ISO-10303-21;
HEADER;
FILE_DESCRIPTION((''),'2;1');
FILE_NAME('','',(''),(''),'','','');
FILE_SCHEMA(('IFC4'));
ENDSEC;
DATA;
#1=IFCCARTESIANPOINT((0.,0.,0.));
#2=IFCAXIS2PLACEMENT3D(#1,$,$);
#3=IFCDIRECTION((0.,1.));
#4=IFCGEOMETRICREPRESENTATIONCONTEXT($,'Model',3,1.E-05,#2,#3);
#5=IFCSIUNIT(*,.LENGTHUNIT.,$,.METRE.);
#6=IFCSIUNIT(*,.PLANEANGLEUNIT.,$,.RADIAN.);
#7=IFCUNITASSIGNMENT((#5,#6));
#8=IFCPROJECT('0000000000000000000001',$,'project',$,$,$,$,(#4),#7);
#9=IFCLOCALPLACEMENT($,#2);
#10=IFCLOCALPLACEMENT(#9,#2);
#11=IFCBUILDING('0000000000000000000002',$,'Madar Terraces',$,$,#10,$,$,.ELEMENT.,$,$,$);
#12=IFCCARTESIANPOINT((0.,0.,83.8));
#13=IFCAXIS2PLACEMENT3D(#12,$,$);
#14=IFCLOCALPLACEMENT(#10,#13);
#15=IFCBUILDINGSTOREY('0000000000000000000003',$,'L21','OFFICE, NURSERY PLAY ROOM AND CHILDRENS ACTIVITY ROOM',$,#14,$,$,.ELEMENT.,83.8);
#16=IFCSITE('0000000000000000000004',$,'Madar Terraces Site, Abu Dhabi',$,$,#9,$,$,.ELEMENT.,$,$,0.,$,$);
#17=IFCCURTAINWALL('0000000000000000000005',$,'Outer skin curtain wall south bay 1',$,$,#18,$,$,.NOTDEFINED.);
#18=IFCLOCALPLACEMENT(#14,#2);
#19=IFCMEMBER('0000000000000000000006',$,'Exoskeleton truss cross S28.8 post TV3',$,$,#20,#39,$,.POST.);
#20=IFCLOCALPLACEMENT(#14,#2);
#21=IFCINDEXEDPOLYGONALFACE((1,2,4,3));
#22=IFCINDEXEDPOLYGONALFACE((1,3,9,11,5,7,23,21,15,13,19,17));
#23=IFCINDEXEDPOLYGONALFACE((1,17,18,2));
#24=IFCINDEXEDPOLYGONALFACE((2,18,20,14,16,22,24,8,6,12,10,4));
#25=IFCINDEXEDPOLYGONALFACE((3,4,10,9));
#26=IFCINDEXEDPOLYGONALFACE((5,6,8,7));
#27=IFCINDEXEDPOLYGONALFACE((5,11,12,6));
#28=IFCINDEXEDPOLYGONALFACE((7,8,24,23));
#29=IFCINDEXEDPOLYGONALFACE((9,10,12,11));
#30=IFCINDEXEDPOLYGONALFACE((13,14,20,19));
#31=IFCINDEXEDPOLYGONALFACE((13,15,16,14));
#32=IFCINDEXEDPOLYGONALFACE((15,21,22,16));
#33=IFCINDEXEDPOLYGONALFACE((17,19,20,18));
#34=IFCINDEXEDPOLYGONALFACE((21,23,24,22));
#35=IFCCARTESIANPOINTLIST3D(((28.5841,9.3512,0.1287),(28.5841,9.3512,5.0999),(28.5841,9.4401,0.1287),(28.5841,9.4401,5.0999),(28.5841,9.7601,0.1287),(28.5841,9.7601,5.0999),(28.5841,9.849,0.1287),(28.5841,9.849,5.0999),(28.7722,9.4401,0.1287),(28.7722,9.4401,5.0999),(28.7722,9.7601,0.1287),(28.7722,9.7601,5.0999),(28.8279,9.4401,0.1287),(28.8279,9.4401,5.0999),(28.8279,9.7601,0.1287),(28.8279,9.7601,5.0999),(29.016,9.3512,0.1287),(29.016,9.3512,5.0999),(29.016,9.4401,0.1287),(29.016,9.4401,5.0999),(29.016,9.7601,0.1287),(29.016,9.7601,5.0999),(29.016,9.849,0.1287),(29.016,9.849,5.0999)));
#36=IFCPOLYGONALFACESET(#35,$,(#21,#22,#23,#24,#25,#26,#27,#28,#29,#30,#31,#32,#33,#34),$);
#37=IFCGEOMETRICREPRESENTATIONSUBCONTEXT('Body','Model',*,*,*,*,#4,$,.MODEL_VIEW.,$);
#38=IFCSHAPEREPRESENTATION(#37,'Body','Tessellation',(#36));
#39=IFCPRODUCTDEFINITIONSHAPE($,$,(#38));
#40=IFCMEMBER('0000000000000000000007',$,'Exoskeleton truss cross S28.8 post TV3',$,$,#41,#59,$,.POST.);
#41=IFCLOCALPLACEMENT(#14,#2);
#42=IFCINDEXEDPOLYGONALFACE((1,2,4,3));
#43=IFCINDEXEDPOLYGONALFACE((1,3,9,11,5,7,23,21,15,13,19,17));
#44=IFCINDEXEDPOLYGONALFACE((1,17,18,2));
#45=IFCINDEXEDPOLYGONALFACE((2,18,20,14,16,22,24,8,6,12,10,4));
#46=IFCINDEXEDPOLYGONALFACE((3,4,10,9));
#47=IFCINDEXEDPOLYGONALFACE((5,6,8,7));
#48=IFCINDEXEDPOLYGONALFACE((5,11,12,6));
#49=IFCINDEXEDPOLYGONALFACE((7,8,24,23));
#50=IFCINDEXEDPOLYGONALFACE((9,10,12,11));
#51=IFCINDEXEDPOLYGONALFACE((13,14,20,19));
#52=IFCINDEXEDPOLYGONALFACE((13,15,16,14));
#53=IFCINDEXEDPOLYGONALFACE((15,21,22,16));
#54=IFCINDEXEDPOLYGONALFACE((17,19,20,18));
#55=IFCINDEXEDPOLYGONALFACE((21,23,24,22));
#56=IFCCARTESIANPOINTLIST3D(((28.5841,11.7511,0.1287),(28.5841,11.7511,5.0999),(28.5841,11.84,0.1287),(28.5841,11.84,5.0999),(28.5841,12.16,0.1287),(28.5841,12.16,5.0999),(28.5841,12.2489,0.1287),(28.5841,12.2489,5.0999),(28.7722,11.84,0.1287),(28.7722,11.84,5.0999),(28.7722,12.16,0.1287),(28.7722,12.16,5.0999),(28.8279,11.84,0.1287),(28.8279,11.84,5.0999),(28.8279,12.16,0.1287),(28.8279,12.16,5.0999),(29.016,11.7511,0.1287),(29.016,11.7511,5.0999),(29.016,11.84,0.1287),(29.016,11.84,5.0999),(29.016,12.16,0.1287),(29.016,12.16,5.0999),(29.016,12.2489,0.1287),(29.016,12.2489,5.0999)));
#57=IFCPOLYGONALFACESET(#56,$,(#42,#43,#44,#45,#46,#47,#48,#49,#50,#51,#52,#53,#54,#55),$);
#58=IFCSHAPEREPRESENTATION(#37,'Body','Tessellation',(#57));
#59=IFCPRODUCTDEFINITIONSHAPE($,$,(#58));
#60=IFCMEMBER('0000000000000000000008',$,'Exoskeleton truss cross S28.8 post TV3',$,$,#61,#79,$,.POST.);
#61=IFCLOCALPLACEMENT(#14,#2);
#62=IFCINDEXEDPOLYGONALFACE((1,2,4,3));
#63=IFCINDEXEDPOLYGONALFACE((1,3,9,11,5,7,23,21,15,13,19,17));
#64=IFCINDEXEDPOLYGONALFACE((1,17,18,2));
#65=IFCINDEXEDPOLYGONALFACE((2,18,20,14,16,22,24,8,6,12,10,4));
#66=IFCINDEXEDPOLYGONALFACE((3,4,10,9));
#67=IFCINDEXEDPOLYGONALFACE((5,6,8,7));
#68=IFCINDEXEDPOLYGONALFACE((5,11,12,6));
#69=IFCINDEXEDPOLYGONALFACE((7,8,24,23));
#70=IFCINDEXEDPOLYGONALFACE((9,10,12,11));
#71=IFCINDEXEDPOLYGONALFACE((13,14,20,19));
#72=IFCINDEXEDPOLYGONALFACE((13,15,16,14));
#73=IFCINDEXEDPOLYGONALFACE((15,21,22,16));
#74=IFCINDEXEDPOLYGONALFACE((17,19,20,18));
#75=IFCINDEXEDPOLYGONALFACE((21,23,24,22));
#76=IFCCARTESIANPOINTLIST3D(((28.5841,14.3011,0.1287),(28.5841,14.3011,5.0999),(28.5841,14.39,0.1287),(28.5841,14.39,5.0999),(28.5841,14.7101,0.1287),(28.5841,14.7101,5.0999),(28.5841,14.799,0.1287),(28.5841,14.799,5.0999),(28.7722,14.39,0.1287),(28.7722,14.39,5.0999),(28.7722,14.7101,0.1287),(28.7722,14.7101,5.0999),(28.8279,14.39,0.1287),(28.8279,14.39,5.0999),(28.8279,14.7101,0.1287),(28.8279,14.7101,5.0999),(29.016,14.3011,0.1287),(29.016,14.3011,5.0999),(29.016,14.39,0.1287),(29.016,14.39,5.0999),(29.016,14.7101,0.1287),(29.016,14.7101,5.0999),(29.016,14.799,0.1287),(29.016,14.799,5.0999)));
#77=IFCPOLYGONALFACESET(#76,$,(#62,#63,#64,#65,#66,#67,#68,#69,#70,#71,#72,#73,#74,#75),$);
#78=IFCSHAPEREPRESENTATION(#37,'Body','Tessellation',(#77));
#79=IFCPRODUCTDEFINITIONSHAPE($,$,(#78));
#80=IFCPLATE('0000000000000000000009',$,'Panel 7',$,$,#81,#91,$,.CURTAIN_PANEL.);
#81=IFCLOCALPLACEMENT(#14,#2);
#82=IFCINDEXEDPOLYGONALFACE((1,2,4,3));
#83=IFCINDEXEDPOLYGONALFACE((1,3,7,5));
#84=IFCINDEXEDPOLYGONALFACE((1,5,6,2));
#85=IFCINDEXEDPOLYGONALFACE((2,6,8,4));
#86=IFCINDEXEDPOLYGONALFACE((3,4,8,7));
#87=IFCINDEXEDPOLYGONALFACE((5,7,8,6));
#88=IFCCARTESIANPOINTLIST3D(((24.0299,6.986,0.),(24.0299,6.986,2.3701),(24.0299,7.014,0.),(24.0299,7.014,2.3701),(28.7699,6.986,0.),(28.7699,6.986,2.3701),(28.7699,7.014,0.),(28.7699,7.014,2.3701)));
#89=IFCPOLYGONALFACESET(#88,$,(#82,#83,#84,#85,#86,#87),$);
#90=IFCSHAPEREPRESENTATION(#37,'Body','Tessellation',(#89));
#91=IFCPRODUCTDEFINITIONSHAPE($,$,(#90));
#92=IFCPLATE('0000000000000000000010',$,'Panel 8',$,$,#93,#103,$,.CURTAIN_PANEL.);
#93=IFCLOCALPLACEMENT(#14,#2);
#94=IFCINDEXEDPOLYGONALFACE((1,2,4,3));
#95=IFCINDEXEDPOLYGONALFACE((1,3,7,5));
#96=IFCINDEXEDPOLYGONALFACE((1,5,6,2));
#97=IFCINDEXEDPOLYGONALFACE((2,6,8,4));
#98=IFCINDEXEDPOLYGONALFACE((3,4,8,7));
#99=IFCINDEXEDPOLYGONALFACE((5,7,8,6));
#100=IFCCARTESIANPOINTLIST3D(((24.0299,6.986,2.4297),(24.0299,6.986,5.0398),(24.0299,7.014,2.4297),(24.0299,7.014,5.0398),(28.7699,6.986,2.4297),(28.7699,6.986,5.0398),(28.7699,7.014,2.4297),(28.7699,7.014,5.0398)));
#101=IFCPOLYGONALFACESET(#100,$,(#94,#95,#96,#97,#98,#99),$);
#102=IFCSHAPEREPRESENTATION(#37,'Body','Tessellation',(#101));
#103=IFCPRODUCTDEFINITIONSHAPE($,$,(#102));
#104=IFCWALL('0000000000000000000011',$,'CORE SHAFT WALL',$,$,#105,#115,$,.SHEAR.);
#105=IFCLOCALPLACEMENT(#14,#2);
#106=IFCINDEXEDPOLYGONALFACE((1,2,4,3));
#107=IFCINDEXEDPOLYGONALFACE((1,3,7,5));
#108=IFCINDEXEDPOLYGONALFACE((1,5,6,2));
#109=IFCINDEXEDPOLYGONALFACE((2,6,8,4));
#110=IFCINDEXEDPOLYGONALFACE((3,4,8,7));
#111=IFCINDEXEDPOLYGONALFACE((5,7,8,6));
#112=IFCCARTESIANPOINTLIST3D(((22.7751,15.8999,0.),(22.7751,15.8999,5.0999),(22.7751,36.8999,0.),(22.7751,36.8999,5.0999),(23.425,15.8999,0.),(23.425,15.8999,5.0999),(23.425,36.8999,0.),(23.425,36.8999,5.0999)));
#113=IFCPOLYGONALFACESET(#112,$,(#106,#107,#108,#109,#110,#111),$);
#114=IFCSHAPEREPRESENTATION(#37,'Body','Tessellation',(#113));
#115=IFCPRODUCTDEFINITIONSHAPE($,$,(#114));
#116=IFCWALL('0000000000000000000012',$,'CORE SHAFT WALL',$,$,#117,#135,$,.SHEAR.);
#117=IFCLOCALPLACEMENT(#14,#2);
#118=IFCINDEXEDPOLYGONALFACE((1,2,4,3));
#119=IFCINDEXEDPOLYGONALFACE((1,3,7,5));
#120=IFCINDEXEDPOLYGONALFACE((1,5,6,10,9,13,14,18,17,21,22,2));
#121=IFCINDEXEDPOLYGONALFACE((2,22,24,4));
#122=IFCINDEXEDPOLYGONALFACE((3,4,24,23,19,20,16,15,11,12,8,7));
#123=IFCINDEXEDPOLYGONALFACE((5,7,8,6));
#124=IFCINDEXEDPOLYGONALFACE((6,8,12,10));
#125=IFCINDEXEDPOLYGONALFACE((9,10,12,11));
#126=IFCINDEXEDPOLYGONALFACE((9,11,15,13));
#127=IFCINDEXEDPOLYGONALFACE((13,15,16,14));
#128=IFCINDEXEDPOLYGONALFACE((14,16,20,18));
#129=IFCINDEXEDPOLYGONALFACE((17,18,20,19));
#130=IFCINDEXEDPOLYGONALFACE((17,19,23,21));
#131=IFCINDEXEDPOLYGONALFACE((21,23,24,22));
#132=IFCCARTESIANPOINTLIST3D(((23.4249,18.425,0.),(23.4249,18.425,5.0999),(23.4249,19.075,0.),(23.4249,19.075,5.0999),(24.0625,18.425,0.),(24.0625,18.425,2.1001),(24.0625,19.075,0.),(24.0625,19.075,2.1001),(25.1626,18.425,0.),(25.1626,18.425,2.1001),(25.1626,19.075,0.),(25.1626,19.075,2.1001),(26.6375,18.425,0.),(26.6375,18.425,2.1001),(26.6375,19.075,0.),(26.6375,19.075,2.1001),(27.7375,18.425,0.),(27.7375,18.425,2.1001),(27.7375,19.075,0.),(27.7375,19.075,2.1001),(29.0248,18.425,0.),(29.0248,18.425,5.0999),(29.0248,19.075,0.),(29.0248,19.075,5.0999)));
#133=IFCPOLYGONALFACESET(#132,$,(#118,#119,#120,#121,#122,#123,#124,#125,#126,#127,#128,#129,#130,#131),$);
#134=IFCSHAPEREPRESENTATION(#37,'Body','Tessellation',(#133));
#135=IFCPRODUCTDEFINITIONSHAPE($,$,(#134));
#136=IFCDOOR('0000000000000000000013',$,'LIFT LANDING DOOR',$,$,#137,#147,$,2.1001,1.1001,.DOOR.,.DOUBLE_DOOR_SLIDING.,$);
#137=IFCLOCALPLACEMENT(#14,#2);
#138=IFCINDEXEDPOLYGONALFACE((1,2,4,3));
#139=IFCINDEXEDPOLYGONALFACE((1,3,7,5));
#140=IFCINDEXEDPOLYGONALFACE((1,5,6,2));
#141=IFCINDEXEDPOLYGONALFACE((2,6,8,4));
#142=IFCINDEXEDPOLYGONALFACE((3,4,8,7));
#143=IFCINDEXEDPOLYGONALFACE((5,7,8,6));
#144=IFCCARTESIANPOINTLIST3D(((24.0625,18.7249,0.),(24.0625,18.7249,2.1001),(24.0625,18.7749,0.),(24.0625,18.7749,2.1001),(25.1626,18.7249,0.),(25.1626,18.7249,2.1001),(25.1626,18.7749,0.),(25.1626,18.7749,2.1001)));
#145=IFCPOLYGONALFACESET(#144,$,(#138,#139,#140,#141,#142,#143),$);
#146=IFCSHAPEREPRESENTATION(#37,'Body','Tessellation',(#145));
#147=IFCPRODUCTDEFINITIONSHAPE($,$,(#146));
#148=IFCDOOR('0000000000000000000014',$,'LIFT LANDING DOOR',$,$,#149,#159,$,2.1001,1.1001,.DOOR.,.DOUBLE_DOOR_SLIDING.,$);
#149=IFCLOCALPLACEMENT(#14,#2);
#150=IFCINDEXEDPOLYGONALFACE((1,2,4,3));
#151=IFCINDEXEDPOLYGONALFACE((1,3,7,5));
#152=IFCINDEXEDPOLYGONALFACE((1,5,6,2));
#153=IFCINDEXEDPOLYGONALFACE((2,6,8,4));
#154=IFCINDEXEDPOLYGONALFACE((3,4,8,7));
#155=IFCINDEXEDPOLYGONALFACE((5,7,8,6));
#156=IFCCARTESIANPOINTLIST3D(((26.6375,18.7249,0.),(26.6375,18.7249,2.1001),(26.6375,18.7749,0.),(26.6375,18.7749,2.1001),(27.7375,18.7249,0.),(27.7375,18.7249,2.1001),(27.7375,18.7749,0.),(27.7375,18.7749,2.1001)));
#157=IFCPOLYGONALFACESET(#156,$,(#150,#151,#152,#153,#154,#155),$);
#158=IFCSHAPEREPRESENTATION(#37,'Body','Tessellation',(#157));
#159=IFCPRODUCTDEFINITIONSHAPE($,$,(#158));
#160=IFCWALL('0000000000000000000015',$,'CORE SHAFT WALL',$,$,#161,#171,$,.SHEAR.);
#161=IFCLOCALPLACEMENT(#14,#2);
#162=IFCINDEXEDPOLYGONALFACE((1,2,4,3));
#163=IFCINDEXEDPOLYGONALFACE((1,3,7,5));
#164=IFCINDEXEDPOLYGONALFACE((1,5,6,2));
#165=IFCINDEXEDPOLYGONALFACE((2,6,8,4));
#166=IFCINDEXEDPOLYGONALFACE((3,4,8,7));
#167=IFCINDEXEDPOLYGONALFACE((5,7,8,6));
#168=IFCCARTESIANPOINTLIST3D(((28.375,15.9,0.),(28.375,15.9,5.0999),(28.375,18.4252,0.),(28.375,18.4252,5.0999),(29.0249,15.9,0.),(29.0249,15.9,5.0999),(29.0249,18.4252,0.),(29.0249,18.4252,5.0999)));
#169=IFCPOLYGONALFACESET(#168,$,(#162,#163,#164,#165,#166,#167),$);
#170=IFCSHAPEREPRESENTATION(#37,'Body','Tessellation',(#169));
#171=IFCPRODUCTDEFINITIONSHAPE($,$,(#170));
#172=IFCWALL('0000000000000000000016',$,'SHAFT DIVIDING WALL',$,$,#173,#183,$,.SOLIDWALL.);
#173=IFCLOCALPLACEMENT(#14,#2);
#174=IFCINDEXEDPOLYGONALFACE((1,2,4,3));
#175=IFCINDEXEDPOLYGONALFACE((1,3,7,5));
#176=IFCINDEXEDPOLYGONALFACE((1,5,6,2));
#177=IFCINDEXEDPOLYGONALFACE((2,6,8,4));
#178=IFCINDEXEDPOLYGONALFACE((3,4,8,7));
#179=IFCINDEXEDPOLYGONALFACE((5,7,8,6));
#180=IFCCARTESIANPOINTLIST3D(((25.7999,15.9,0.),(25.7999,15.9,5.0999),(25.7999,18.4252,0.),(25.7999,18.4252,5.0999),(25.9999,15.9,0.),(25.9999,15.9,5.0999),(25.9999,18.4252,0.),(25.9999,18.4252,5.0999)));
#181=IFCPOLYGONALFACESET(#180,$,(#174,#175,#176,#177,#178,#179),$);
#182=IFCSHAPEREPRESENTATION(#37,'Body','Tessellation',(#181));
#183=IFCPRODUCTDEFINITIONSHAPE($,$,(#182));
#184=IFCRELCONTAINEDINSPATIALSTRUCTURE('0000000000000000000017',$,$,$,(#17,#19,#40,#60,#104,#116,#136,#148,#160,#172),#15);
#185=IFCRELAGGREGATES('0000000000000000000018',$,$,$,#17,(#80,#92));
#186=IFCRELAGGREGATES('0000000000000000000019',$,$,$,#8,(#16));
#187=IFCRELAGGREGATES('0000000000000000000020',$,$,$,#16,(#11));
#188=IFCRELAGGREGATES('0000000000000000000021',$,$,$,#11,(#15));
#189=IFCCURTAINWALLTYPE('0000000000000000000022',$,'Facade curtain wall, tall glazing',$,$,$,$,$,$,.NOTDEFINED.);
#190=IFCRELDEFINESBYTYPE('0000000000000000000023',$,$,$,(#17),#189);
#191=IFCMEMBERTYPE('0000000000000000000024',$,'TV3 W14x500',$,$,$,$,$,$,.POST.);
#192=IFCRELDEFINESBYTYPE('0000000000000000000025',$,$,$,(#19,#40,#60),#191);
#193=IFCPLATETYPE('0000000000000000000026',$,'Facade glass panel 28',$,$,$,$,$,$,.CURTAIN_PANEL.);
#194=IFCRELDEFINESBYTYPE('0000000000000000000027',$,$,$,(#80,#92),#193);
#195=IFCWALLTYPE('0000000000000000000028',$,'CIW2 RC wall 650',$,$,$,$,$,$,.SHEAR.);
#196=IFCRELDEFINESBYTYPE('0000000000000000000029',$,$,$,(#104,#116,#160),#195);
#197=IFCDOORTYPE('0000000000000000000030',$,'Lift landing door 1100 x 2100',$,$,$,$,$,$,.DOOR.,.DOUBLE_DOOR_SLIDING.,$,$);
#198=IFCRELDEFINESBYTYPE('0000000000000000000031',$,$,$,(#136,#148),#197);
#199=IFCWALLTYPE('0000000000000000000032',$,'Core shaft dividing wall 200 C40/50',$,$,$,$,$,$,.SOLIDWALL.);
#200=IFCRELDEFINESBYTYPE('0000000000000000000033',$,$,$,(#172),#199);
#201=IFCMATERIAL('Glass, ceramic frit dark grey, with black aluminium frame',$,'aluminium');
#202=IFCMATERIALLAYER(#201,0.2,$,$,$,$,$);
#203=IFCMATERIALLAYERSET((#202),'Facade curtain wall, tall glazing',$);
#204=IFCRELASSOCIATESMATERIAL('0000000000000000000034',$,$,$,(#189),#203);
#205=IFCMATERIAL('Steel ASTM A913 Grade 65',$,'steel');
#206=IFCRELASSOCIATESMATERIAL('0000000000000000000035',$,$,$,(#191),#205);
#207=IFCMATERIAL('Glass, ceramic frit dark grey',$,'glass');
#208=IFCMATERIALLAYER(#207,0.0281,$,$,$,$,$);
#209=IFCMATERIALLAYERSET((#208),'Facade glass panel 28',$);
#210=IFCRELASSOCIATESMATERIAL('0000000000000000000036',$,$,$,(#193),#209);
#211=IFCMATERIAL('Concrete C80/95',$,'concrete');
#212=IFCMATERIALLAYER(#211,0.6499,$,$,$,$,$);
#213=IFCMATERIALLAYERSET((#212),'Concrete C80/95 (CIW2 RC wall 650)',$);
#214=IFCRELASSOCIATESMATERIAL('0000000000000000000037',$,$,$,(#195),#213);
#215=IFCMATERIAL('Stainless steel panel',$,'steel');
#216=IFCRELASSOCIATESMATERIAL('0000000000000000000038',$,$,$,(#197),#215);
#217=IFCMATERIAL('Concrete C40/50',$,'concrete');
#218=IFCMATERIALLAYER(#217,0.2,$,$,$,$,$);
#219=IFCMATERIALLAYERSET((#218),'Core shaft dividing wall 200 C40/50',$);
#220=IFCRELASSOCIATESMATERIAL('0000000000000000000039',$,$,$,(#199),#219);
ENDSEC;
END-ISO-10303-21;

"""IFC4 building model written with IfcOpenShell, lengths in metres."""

from ifc_helpers import new_model, si_unit, direction, frame, frame_2d, origin, origin_2d, place, context, subcontext, project, spatial, rectangle, i_section, extrude, material, layer, layer_set, material_profile, profile_set, type_object, element, fill, aggregate, save


model = new_model("IFC4")

# Units and contexts
model_context = context("Model", 3, precision=1e-05, world=origin(), true_north=direction((0.0, 1.0)))
body_context = subcontext(model_context, "Body", "Model", "MODEL_VIEW")
ifc_project = project(units=[si_unit("LENGTHUNIT", "METRE"), si_unit("PLANEANGLEUNIT", "RADIAN")], contexts=[model_context])

# Site, building, storey
site_placement = place(None, origin())
site = spatial("IfcSite", under=ifc_project, at=site_placement, Name="Madar Terraces Site, Abu Dhabi", CompositionType="ELEMENT", RefElevation=0.0)
building_placement = place(site_placement, origin())
building = spatial("IfcBuilding", under=site, at=building_placement, Name="Madar Terraces", CompositionType="ELEMENT")
storey_placement = place(building_placement, frame((0.0, 0.0, 83.8)))
storey = spatial("IfcBuildingStorey", under=building, at=storey_placement, Name="L21", Description="OFFICE, NURSERY PLAY ROOM AND CHILDRENS ACTIVITY ROOM", CompositionType="ELEMENT", Elevation=83.8)

# Curtain wall
ifc_material_1 = material(Name="Glass, ceramic frit dark grey, with black aluminium frame", Category="aluminium")
ifc_layer_1 = layer(ifc_material_1, 0.2)
ifc_layer_set_1 = layer_set([ifc_layer_1], Name="Facade curtain wall, tall glazing")
curtain_wall_type = type_object("IfcCurtainWallType", Name="Facade curtain wall, tall glazing", PredefinedType="NOTDEFINED", material=ifc_layer_set_1)
curtain_wall_placement = place(storey_placement, origin())
curtain_wall = element("IfcCurtainWall", 1, at=curtain_wall_placement, inside=storey, type_object=curtain_wall_type, Name="Outer skin curtain wall south bay 1", PredefinedType="NOTDEFINED")

# Members
ifc_material_2 = material(Name="Steel ASTM A913 Grade 65", Category="steel")
ifc_material_profile_1 = material_profile(ifc_material_2, i_section(OverallWidth=0.4319, OverallDepth=0.4978, WebThickness=0.0557, FlangeThickness=0.0889, at=origin_2d()), Name="W14x500")
ifc_profile_set_1 = profile_set([ifc_material_profile_1], Name="Steel ASTM A913 Grade 65")
member_type_1 = type_object("IfcMemberType", Name="TV3 W14x500", PredefinedType="POST", material=ifc_profile_set_1)
for number, where, z_axis, x_axis, name in (
    (2, (28.8, 9.6001, 0.1287), (0.0, 0.0, 1.0), (-1.0, 0.0, 0.0), "Exoskeleton truss cross S28.8 post TV3"),
    (3, (28.8, 12.0, 0.1287), (0.0, 0.0, 1.0), (-1.0, 0.0, 0.0), "Exoskeleton truss cross S28.8 post TV3"),
    (4, (28.8, 14.55, 0.1287), (0.0, 0.0, 1.0), (-1.0, 0.0, 0.0), "Exoskeleton truss cross S28.8 post TV3"),
):
    element("IfcMember", number, at=place(storey_placement, frame(where, z_axis=z_axis, x_axis=x_axis)), inside=storey, type_object=member_type_1, Name=name, PredefinedType="POST", context=body_context, shape_type="SweptSolid", body=[
        extrude(i_section(OverallWidth=0.4319, OverallDepth=0.4978, WebThickness=0.0557, FlangeThickness=0.0889, at=origin_2d()), origin(), (0.0, 0.0, 1.0), 4.9712),
    ])

# Plates
ifc_material_3 = material(Name="Glass, ceramic frit dark grey", Category="glass")
ifc_layer_2 = layer(ifc_material_3, 0.0281)
ifc_layer_set_2 = layer_set([ifc_layer_2], Name="Facade glass panel 28")
plate_type = type_object("IfcPlateType", Name="Facade glass panel 28", PredefinedType="CURTAIN_PANEL", material=ifc_layer_set_2)
plate_1_placement = place(storey_placement, frame((26.3999, 7.0, 0.0), z_axis=(0.0, 0.0, 1.0), x_axis=(1.0, 0.0, 0.0)))
plate_1 = element("IfcPlate", 5, at=plate_1_placement, type_object=plate_type, Name="Panel 7", PredefinedType="CURTAIN_PANEL", context=body_context, shape_type="SweptSolid", body=[
    extrude(rectangle(XDim=4.74, YDim=0.0281, at=origin_2d()), origin(), (0.0, 0.0, 1.0), 2.3701),
])
plate_2_placement = place(storey_placement, frame((26.3999, 7.0, 2.4297), z_axis=(0.0, 0.0, 1.0), x_axis=(1.0, 0.0, 0.0)))
plate_2 = element("IfcPlate", 6, at=plate_2_placement, type_object=plate_type, Name="Panel 8", PredefinedType="CURTAIN_PANEL", context=body_context, shape_type="SweptSolid", body=[
    extrude(rectangle(XDim=4.74, YDim=0.0281, at=origin_2d()), origin(), (0.0, 0.0, 1.0), 2.6101),
])
aggregate(curtain_wall, [plate_1, plate_2])

# Wall
ifc_material_4 = material(Name="Concrete C80/95", Category="concrete")
ifc_layer_3 = layer(ifc_material_4, 0.6499)
ifc_layer_set_3 = layer_set([ifc_layer_3], Name="Concrete C80/95 (CIW2 RC wall 650)")
wall_type_1 = type_object("IfcWallType", Name="CIW2 RC wall 650", PredefinedType="SHEAR", material=ifc_layer_set_3)
wall_1_placement = place(storey_placement, frame((23.1001, 15.8999, 0.0), z_axis=(0.0, 0.0, 1.0), x_axis=(0.0, 1.0, 0.0)))
element("IfcWall", 7, at=wall_1_placement, inside=storey, type_object=wall_type_1, Name="CORE SHAFT WALL", PredefinedType="SHEAR", context=body_context, shape_type="SweptSolid", body=[
    extrude(rectangle(XDim=21.0, YDim=0.6499, at=frame_2d((10.5, 0.0))), origin(), (0.0, 0.0, 1.0), 5.0999),
])

# Wall, openings, doors
wall_2_placement = place(storey_placement, frame((23.425, 18.75, 0.0), z_axis=(0.0, 0.0, 1.0), x_axis=(1.0, 0.0, 0.0)))
wall_2 = element("IfcWall", 8, at=wall_2_placement, inside=storey, type_object=wall_type_1, Name="CORE SHAFT WALL", PredefinedType="SHEAR", context=body_context, shape_type="SweptSolid", body=[
    extrude(rectangle(XDim=5.5999, YDim=0.6499, at=frame_2d((2.7998, 0.0))), origin(), (0.0, 0.0, 1.0), 5.0999),
])
opening_1_placement = place(wall_2_placement, frame((0.6375, 0.0, 0.0)))
opening_1 = element("IfcOpeningElement", 9, at=opening_1_placement, cuts=wall_2, PredefinedType="OPENING", context=body_context, shape_type="SweptSolid", body=[
    extrude(rectangle(XDim=1.1001, YDim=2.1001, at=frame_2d((0.55, 1.05))), frame((0.0, 0.335, 0.0), z_axis=(0.0, -1.0, 0.0), x_axis=(1.0, 0.0, 0.0)), (0.0, 0.0, 1.0), 0.6699),
])
opening_2_placement = place(wall_2_placement, frame((3.2124, 0.0, 0.0)))
opening_2 = element("IfcOpeningElement", 10, at=opening_2_placement, cuts=wall_2, PredefinedType="OPENING", context=body_context, shape_type="SweptSolid", body=[
    extrude(rectangle(XDim=1.1001, YDim=2.1001, at=frame_2d((0.55, 1.05))), frame((0.0, 0.335, 0.0), z_axis=(0.0, -1.0, 0.0), x_axis=(1.0, 0.0, 0.0)), (0.0, 0.0, 1.0), 0.6699),
])
ifc_material_5 = material(Name="Stainless steel panel", Category="steel")
door_type_1 = type_object("IfcDoorType", Name="Lift landing door 1100 x 2100", OperationType="DOUBLE_DOOR_SLIDING", PredefinedType="DOOR", material=ifc_material_5)
door_1_placement = place(opening_1_placement, origin())
door_1 = element("IfcDoor", 11, at=door_1_placement, inside=storey, type_object=door_type_1, Name="LIFT LANDING DOOR", OperationType="DOUBLE_DOOR_SLIDING", OverallHeight=2.1001, OverallWidth=1.1001, PredefinedType="DOOR", context=body_context, shape_type="SweptSolid", body=[
    extrude(rectangle(XDim=1.1001, YDim=2.1001, at=frame_2d((0.55, 1.05))), frame((0.0, 0.0249, 0.0), z_axis=(0.0, -1.0, 0.0), x_axis=(1.0, 0.0, 0.0)), (0.0, 0.0, 1.0), 0.05),
])
fill(opening_1, door_1)
door_2_placement = place(opening_2_placement, origin())
door_2 = element("IfcDoor", 12, at=door_2_placement, inside=storey, type_object=door_type_1, Name="LIFT LANDING DOOR", OperationType="DOUBLE_DOOR_SLIDING", OverallHeight=2.1001, OverallWidth=1.1001, PredefinedType="DOOR", context=body_context, shape_type="SweptSolid", body=[
    extrude(rectangle(XDim=1.1001, YDim=2.1001, at=frame_2d((0.55, 1.05))), frame((0.0, 0.0249, 0.0), z_axis=(0.0, -1.0, 0.0), x_axis=(1.0, 0.0, 0.0)), (0.0, 0.0, 1.0), 0.05),
])
fill(opening_2, door_2)

# Walls
wall_3_placement = place(storey_placement, frame((28.7, 15.8999, 0.0), z_axis=(0.0, 0.0, 1.0), x_axis=(0.0, 1.0, 0.0)))
element("IfcWall", 13, at=wall_3_placement, inside=storey, type_object=wall_type_1, Name="CORE SHAFT WALL", PredefinedType="SHEAR", context=body_context, shape_type="SweptSolid", body=[
    extrude(rectangle(XDim=2.5251, YDim=0.6499, at=frame_2d((1.2627, 0.0))), origin(), (0.0, 0.0, 1.0), 5.0999),
])
ifc_material_6 = material(Name="Concrete C40/50", Category="concrete")
ifc_layer_4 = layer(ifc_material_6, 0.2)
ifc_layer_set_4 = layer_set([ifc_layer_4], Name="Core shaft dividing wall 200 C40/50")
wall_type_2 = type_object("IfcWallType", Name="Core shaft dividing wall 200 C40/50", PredefinedType="SOLIDWALL", material=ifc_layer_set_4)
wall_4_placement = place(storey_placement, frame((25.8999, 15.8999, 0.0), z_axis=(0.0, 0.0, 1.0), x_axis=(0.0, 1.0, 0.0)))
element("IfcWall", 14, at=wall_4_placement, inside=storey, type_object=wall_type_2, Name="SHAFT DIVIDING WALL", PredefinedType="SOLIDWALL", context=body_context, shape_type="SweptSolid", body=[
    extrude(rectangle(XDim=2.5251, YDim=0.2, at=frame_2d((1.2627, 0.0))), origin(), (0.0, 0.0, 1.0), 5.0999),
])

save(model, "model.ifc")
